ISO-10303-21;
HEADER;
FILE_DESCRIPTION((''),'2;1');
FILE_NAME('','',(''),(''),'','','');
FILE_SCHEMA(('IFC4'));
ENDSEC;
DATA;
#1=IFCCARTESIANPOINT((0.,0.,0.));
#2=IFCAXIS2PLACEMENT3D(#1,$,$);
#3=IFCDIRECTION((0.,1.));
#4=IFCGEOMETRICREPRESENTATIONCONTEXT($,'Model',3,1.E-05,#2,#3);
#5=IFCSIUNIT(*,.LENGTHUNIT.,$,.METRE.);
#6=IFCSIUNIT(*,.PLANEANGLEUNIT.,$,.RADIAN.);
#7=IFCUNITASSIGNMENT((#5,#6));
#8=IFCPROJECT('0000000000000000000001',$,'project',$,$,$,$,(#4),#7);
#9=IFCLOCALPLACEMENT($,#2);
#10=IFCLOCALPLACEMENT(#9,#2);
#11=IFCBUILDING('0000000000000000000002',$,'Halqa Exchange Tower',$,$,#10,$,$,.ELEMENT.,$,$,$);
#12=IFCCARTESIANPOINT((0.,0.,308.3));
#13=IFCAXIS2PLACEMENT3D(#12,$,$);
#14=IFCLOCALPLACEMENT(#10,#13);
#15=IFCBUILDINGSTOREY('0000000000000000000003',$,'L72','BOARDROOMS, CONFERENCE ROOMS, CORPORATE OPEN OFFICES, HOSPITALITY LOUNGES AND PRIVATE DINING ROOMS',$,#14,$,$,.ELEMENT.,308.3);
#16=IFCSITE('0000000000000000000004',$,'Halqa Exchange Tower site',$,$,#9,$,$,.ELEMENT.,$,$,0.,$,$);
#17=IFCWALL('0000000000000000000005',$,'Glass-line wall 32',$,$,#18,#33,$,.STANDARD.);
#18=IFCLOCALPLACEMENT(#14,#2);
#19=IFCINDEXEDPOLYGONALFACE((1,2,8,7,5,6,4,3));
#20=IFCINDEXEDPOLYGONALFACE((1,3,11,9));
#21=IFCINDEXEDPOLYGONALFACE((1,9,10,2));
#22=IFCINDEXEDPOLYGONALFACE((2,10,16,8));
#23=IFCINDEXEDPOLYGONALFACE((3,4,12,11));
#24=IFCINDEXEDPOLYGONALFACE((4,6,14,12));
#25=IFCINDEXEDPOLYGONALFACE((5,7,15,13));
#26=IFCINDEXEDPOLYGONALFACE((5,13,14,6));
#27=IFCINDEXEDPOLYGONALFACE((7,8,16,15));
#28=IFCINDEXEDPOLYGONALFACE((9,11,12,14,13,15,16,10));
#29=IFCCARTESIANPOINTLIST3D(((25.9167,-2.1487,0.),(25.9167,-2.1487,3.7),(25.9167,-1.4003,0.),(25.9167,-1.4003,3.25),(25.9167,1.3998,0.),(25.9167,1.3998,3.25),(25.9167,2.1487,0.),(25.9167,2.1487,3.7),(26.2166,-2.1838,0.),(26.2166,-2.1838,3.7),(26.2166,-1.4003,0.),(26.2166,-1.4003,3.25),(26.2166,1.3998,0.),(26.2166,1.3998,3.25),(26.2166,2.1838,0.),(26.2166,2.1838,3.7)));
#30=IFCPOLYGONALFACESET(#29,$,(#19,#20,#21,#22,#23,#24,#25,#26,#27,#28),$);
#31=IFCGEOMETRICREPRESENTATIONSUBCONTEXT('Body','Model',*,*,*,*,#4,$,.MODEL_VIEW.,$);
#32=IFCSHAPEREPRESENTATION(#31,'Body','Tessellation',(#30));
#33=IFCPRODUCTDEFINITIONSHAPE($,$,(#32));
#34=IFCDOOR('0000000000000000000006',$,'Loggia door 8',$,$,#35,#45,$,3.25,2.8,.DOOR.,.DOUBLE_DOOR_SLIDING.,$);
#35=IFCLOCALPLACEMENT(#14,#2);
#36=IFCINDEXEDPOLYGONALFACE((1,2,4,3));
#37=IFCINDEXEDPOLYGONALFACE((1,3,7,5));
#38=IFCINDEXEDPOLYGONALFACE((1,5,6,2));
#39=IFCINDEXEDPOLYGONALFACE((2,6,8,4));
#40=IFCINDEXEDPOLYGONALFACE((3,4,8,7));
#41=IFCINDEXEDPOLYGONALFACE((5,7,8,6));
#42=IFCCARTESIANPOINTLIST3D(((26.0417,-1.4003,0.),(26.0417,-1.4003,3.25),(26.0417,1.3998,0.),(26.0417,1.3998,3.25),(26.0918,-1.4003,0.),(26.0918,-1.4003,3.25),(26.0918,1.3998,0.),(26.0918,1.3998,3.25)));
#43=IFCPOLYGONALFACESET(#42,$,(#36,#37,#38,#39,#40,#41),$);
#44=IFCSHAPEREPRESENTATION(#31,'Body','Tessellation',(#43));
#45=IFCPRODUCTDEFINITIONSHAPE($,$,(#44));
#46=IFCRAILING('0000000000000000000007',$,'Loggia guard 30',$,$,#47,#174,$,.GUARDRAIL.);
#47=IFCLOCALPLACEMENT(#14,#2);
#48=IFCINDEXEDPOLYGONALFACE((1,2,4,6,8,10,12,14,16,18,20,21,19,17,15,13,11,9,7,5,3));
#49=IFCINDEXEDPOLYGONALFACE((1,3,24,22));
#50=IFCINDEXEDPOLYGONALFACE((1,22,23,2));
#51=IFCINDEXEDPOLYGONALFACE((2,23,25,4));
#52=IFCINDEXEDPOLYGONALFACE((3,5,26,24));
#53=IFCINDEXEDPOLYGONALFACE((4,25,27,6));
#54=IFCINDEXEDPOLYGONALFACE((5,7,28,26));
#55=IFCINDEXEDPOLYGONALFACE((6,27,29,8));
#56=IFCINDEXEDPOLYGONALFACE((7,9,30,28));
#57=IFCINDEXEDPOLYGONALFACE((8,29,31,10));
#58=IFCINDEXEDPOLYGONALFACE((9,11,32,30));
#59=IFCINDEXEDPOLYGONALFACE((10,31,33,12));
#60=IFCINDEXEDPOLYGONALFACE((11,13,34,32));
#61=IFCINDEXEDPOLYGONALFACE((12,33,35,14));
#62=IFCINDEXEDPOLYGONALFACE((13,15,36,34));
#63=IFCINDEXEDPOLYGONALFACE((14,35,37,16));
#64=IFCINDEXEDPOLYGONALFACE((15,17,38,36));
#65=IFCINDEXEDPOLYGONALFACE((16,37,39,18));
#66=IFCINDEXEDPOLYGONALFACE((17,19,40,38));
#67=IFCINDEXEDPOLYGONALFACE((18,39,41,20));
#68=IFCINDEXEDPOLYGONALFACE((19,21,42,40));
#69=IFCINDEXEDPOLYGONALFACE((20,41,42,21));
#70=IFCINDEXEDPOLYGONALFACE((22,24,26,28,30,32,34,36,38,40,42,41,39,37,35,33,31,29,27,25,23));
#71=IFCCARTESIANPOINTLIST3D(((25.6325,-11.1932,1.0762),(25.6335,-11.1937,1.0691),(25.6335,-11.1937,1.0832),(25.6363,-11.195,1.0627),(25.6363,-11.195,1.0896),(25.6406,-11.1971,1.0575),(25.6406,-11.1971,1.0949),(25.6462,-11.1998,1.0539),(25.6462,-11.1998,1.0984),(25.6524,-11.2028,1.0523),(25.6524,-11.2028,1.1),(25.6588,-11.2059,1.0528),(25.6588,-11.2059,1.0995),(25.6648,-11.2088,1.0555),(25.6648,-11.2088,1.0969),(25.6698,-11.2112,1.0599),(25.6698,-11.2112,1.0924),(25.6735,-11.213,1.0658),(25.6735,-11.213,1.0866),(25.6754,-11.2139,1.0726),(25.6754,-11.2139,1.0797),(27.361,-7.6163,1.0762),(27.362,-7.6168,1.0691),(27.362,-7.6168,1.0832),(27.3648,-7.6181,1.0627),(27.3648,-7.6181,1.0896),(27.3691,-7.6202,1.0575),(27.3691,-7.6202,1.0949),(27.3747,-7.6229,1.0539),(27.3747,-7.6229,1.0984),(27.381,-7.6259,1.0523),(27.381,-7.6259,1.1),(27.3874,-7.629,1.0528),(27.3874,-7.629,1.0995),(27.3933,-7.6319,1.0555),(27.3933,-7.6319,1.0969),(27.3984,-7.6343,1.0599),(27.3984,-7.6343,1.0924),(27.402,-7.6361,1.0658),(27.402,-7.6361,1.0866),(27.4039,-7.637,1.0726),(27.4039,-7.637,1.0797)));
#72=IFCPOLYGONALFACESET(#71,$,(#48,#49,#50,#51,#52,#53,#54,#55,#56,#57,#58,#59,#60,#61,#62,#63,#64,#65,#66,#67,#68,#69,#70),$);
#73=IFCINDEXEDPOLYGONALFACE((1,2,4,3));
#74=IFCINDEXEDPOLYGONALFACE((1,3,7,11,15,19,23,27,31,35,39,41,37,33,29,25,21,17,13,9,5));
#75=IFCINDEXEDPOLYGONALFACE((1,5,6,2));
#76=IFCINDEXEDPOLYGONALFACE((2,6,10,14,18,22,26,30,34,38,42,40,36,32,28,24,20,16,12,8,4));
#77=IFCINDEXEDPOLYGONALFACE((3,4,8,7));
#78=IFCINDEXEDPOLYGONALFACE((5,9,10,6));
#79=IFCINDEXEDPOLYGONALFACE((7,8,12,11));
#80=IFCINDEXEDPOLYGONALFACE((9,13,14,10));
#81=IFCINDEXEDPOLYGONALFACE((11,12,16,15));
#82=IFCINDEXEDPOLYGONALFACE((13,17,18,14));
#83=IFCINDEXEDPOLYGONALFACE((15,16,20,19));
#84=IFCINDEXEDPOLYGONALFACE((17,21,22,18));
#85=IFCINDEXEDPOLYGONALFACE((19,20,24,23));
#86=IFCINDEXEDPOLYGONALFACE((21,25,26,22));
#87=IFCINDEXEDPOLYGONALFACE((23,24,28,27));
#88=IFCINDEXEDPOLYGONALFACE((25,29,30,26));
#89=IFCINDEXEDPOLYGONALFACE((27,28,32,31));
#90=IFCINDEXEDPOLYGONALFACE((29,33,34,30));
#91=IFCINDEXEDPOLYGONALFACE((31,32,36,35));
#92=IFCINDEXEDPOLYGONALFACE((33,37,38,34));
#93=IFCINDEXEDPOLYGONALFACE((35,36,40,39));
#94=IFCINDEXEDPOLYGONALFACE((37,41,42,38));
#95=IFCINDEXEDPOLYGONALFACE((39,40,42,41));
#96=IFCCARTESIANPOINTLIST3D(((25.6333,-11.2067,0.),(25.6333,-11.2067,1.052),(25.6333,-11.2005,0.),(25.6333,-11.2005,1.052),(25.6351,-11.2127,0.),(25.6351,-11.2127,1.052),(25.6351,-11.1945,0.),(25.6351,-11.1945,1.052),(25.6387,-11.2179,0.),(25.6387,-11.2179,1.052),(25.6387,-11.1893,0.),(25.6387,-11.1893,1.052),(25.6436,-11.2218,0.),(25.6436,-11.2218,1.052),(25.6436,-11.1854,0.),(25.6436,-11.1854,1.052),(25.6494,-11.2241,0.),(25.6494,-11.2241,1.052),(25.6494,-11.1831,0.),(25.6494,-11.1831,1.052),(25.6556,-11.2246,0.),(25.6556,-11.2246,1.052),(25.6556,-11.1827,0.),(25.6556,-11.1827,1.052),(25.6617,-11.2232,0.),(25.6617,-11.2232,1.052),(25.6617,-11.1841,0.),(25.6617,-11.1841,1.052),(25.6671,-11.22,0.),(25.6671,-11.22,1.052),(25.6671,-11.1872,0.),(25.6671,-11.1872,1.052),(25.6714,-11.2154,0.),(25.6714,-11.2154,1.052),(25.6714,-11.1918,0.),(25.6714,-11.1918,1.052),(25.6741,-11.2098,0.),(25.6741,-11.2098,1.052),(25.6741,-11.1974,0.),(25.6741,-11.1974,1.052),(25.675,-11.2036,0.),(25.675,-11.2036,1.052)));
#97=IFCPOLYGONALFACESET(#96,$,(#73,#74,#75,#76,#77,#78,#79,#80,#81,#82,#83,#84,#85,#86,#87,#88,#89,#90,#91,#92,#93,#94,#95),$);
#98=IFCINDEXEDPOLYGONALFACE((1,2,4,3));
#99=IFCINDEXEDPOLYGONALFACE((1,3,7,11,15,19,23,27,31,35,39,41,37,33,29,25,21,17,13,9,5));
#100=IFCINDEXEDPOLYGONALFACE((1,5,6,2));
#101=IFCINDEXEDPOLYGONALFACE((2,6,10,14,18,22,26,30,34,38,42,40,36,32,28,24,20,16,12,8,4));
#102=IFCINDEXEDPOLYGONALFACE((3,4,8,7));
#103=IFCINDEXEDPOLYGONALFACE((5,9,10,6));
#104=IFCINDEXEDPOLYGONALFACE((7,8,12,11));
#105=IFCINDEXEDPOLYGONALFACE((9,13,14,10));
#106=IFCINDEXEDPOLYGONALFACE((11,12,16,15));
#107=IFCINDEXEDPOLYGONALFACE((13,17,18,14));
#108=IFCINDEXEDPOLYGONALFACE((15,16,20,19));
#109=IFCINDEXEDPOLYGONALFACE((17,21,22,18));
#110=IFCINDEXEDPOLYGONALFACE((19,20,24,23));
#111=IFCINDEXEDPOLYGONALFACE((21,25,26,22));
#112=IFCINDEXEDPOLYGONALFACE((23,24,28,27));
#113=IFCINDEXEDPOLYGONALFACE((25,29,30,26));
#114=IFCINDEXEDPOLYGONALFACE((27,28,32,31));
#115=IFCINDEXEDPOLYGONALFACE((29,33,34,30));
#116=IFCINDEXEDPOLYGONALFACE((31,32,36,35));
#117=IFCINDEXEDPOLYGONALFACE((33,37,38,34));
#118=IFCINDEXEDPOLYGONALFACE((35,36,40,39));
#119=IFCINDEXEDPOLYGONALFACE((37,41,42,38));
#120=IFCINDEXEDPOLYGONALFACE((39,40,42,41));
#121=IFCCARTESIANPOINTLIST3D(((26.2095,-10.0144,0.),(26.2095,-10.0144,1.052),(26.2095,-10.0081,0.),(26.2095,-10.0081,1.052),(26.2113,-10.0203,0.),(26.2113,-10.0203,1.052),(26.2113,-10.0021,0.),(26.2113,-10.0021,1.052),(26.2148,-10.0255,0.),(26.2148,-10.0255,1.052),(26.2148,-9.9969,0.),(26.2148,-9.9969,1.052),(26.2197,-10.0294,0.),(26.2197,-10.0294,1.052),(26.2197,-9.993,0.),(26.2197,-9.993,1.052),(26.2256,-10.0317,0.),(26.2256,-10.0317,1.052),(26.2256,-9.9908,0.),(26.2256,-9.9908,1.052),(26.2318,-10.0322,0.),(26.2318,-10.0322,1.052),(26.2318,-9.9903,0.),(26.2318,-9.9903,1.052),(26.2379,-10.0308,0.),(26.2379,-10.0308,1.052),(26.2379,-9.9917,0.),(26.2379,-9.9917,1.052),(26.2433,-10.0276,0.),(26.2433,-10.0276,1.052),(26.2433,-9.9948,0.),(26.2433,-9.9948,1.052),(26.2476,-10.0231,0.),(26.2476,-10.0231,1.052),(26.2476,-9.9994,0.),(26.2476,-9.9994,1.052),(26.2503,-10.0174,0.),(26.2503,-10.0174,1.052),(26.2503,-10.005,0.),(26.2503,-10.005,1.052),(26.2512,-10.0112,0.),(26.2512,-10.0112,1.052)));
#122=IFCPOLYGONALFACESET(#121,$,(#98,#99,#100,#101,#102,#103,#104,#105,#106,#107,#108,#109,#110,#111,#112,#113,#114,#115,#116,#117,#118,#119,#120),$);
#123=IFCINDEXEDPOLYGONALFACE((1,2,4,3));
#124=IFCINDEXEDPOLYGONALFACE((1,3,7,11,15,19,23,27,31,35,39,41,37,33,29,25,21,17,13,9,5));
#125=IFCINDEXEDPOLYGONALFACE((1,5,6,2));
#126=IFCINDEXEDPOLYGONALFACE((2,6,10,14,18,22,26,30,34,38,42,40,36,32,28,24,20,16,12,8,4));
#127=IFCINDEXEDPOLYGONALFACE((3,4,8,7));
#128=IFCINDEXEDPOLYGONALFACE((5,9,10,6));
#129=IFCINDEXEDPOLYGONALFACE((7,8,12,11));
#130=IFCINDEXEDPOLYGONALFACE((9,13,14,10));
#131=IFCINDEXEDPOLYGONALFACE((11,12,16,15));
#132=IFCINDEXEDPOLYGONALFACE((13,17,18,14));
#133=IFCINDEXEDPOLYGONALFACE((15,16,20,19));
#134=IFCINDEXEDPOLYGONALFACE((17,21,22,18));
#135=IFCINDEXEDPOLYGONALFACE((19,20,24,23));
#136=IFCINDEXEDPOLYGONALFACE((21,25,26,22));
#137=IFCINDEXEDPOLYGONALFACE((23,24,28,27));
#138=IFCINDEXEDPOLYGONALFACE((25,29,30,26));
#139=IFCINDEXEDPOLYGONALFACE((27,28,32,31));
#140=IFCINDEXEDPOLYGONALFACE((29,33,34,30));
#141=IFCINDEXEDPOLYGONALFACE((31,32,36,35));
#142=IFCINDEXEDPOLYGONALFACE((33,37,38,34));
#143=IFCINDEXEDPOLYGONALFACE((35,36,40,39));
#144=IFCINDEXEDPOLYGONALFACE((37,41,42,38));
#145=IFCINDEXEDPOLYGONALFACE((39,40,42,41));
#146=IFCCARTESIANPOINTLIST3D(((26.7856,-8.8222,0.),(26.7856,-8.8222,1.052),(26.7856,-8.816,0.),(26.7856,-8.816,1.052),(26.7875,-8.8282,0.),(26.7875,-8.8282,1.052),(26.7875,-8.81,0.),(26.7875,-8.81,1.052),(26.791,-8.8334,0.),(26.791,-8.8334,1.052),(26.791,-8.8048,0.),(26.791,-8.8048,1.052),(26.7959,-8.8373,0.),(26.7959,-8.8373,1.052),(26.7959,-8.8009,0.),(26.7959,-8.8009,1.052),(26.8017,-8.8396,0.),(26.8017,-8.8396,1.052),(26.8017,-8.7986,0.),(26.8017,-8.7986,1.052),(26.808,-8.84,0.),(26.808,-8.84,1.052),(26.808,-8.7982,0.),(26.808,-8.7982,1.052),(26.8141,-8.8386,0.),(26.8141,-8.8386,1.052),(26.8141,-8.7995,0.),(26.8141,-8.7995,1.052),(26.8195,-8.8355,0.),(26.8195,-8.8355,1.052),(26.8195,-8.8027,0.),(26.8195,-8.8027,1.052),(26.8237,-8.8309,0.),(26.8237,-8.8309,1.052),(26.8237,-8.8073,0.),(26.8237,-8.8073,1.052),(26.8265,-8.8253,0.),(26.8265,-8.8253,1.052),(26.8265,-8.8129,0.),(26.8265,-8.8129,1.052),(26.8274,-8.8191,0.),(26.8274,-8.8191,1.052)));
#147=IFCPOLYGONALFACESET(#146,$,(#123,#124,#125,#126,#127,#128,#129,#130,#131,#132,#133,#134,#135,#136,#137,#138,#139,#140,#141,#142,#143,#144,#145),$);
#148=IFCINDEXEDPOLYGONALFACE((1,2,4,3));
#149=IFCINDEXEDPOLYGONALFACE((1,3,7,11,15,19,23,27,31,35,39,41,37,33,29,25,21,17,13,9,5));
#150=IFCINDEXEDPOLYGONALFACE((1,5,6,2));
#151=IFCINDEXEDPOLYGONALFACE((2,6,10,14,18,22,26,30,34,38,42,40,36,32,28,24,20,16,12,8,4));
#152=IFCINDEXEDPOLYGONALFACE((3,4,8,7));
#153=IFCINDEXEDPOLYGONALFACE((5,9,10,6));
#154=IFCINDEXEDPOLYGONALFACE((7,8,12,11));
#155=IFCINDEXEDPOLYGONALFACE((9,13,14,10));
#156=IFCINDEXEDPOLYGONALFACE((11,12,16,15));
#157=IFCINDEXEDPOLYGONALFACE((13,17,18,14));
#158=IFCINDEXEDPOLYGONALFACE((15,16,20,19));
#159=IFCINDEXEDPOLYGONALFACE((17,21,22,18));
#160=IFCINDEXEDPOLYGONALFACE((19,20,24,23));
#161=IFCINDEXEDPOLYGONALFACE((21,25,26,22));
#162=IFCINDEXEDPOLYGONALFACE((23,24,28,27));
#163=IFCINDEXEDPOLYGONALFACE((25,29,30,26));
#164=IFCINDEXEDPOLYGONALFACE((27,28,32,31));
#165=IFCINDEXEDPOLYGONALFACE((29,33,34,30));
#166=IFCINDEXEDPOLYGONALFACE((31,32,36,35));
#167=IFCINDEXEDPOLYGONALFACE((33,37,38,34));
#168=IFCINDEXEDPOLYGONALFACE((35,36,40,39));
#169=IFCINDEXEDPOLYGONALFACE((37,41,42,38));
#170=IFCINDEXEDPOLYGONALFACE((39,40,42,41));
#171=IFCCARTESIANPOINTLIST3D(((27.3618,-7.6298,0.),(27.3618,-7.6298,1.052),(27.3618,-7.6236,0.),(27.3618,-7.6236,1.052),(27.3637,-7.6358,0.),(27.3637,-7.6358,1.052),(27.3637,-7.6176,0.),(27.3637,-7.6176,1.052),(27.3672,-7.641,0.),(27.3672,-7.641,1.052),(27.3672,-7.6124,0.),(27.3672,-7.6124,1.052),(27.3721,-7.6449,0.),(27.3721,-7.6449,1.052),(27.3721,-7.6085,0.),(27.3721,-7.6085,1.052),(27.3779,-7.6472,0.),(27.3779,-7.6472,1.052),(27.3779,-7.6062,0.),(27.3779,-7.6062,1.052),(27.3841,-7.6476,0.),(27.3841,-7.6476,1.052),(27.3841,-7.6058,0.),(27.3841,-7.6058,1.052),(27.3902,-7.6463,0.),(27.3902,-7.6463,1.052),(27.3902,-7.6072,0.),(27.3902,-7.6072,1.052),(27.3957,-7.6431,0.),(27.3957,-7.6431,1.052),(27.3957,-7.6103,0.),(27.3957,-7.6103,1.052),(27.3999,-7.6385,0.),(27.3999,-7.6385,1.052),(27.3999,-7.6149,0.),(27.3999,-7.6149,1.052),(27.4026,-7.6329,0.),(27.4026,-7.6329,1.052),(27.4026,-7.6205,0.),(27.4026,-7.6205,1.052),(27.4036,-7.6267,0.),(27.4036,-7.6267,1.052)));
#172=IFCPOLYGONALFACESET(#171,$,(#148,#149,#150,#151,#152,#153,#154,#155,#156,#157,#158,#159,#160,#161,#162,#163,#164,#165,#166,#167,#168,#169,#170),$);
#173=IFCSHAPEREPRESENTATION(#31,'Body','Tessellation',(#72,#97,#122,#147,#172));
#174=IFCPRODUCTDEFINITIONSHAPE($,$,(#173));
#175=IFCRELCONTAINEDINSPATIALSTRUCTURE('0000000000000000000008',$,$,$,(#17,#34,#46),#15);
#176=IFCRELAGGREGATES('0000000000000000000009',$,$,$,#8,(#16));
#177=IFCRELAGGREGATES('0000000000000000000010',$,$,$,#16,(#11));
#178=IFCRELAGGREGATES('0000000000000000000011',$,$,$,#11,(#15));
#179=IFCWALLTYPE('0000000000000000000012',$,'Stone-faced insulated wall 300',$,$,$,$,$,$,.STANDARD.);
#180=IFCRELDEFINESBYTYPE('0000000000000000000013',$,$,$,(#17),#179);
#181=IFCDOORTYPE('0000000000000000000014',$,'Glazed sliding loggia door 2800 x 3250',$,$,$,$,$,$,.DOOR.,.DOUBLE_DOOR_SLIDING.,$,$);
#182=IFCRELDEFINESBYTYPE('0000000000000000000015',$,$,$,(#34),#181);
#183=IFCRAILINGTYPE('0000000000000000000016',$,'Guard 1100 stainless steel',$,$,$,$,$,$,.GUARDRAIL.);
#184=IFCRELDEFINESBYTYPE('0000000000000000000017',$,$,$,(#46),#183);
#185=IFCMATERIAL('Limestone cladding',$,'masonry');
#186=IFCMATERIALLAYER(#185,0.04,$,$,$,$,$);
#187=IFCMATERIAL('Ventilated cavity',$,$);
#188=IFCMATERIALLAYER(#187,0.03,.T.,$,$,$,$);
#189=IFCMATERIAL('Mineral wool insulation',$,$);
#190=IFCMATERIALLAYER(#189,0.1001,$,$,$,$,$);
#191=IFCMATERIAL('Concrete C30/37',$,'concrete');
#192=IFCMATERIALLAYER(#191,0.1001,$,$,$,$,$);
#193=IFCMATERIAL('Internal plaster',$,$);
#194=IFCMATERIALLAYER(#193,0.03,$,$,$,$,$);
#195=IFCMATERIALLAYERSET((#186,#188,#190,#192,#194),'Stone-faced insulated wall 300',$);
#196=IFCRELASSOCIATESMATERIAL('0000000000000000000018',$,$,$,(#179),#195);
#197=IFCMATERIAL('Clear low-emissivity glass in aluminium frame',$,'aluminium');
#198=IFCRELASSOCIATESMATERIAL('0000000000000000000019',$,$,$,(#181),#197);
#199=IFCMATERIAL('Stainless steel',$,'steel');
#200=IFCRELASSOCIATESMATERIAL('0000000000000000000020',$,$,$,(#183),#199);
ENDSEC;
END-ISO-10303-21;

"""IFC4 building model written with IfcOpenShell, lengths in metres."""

from ifc_helpers import new_model, si_unit, direction, frame, frame_2d, origin, origin_2d, place, context, subcontext, project, spatial, polyline, rectangle, circle, outline, extrude, material, layer, layer_set, type_object, element, fill, save


model = new_model("IFC4")

# Units and contexts
model_context = context("Model", 3, precision=1e-05, world=origin(), true_north=direction((0.0, 1.0)))
body_context = subcontext(model_context, "Body", "Model", "MODEL_VIEW")
ifc_project = project(units=[si_unit("LENGTHUNIT", "METRE"), si_unit("PLANEANGLEUNIT", "RADIAN")], contexts=[model_context])

# Site, building, storey
site_placement = place(None, origin())
site = spatial("IfcSite", under=ifc_project, at=site_placement, Name="Halqa Exchange Tower site", CompositionType="ELEMENT", RefElevation=0.0)
building_placement = place(site_placement, origin())
building = spatial("IfcBuilding", under=site, at=building_placement, Name="Halqa Exchange Tower", CompositionType="ELEMENT")
storey_placement = place(building_placement, frame((0.0, 0.0, 308.3)))
storey = spatial("IfcBuildingStorey", under=building, at=storey_placement, Name="L72", Description="BOARDROOMS, CONFERENCE ROOMS, CORPORATE OPEN OFFICES, HOSPITALITY LOUNGES AND PRIVATE DINING ROOMS", CompositionType="ELEMENT", Elevation=308.3)

# Shared definitions
ifc_material_1 = material(Name="Limestone cladding", Category="masonry")
ifc_layer_1 = layer(ifc_material_1, 0.04)
ifc_material_2 = material(Name="Ventilated cavity")
ifc_layer_2 = layer(ifc_material_2, 0.03, ventilated=True)
ifc_material_3 = material(Name="Mineral wool insulation")
ifc_layer_3 = layer(ifc_material_3, 0.1001)
ifc_material_4 = material(Name="Concrete C30/37", Category="concrete")
ifc_layer_4 = layer(ifc_material_4, 0.1001)
ifc_material_5 = material(Name="Internal plaster")
ifc_layer_5 = layer(ifc_material_5, 0.03)
ifc_layer_set_1 = layer_set([ifc_layer_1, ifc_layer_2, ifc_layer_3, ifc_layer_4, ifc_layer_5], Name="Stone-faced insulated wall 300")
wall_type_1 = type_object("IfcWallType", Name="Stone-faced insulated wall 300", PredefinedType="STANDARD", material=ifc_layer_set_1)
ifc_material_6 = material(Name="Clear low-emissivity glass in aluminium frame", Category="aluminium")

# Wall, opening, door
wall_1_placement = place(storey_placement, frame((26.0667, -2.1663, 0.0), z_axis=(0.0, 0.0, 1.0), x_axis=(0.0, 1.0, 0.0)))
wall_1 = element("IfcWall", 1, at=wall_1_placement, inside=storey, type_object=wall_type_1, Name="Glass-line wall 32", PredefinedType="STANDARD", context=body_context, shape_type="SweptSolid", body=[
    extrude(outline(polyline([(-0.0176, -0.1499), (4.3501, -0.1499), (4.3149, 0.1499), (0.0176, 0.1499), (-0.0176, -0.1499)])), origin(), (0.0, 0.0, 1.0), 3.7),
])
opening_1_placement = place(wall_1_placement, frame((0.7661, 0.0, 0.0)))
opening_1 = element("IfcOpeningElement", 2, at=opening_1_placement, cuts=wall_1, PredefinedType="OPENING", context=body_context, shape_type="SweptSolid", body=[
    extrude(rectangle(XDim=2.8, YDim=3.25, at=frame_2d((1.3999, 1.625))), frame((0.0, 0.1621, 0.0), z_axis=(0.0, -1.0, 0.0), x_axis=(1.0, 0.0, 0.0)), (0.0, 0.0, 1.0), 0.324),
])
door_type_1 = type_object("IfcDoorType", Name="Glazed sliding loggia door 2800 x 3250", OperationType="DOUBLE_DOOR_SLIDING", PredefinedType="DOOR", material=ifc_material_6)
door_1_placement = place(opening_1_placement, origin())
door_1 = element("IfcDoor", 3, at=door_1_placement, inside=storey, type_object=door_type_1, Name="Loggia door 8", OperationType="DOUBLE_DOOR_SLIDING", OverallHeight=3.25, OverallWidth=2.8, PredefinedType="DOOR", context=body_context, shape_type="SweptSolid", body=[
    extrude(rectangle(XDim=2.8, YDim=3.25, at=frame_2d((1.3999, 1.625))), frame((0.0, 0.0249, 0.0), z_axis=(0.0, -1.0, 0.0), x_axis=(1.0, 0.0, 0.0)), (0.0, 0.0, 1.0), 0.05),
])
fill(opening_1, door_1)

# Railing
ifc_material_7 = material(Name="Stainless steel", Category="steel")
railing_type = type_object("IfcRailingType", Name="Guard 1100 stainless steel", PredefinedType="GUARDRAIL", material=ifc_material_7)
railing_1_placement = place(storey_placement, frame((25.6541, -11.2036, 0.0)))
element("IfcRailing", 4, at=railing_1_placement, inside=storey, type_object=railing_type, Name="Loggia guard 30", PredefinedType="GUARDRAIL", context=body_context, shape_type="SweptSolid", body=[
    extrude(circle(Radius=0.0239, at=origin_2d()), frame((0.0, 0.0, 1.0762), z_axis=(0.435103, 0.900381, 0.0), x_axis=(-0.900381, 0.435103, 0.0)), (0.0, 0.0, 1.0), 3.9727),
    extrude(circle(Radius=0.021, at=origin_2d()), origin(), (0.0, 0.0, 1.0), 1.052),
    extrude(circle(Radius=0.021, at=origin_2d()), frame((0.5762, 1.1924, 0.0)), (0.0, 0.0, 1.0), 1.052),
    extrude(circle(Radius=0.021, at=origin_2d()), frame((1.1523, 2.3845, 0.0)), (0.0, 0.0, 1.0), 1.052),
    extrude(circle(Radius=0.021, at=origin_2d()), frame((1.7285, 3.5769, 0.0)), (0.0, 0.0, 1.0), 1.052),
])

save(model, "model.ifc")
